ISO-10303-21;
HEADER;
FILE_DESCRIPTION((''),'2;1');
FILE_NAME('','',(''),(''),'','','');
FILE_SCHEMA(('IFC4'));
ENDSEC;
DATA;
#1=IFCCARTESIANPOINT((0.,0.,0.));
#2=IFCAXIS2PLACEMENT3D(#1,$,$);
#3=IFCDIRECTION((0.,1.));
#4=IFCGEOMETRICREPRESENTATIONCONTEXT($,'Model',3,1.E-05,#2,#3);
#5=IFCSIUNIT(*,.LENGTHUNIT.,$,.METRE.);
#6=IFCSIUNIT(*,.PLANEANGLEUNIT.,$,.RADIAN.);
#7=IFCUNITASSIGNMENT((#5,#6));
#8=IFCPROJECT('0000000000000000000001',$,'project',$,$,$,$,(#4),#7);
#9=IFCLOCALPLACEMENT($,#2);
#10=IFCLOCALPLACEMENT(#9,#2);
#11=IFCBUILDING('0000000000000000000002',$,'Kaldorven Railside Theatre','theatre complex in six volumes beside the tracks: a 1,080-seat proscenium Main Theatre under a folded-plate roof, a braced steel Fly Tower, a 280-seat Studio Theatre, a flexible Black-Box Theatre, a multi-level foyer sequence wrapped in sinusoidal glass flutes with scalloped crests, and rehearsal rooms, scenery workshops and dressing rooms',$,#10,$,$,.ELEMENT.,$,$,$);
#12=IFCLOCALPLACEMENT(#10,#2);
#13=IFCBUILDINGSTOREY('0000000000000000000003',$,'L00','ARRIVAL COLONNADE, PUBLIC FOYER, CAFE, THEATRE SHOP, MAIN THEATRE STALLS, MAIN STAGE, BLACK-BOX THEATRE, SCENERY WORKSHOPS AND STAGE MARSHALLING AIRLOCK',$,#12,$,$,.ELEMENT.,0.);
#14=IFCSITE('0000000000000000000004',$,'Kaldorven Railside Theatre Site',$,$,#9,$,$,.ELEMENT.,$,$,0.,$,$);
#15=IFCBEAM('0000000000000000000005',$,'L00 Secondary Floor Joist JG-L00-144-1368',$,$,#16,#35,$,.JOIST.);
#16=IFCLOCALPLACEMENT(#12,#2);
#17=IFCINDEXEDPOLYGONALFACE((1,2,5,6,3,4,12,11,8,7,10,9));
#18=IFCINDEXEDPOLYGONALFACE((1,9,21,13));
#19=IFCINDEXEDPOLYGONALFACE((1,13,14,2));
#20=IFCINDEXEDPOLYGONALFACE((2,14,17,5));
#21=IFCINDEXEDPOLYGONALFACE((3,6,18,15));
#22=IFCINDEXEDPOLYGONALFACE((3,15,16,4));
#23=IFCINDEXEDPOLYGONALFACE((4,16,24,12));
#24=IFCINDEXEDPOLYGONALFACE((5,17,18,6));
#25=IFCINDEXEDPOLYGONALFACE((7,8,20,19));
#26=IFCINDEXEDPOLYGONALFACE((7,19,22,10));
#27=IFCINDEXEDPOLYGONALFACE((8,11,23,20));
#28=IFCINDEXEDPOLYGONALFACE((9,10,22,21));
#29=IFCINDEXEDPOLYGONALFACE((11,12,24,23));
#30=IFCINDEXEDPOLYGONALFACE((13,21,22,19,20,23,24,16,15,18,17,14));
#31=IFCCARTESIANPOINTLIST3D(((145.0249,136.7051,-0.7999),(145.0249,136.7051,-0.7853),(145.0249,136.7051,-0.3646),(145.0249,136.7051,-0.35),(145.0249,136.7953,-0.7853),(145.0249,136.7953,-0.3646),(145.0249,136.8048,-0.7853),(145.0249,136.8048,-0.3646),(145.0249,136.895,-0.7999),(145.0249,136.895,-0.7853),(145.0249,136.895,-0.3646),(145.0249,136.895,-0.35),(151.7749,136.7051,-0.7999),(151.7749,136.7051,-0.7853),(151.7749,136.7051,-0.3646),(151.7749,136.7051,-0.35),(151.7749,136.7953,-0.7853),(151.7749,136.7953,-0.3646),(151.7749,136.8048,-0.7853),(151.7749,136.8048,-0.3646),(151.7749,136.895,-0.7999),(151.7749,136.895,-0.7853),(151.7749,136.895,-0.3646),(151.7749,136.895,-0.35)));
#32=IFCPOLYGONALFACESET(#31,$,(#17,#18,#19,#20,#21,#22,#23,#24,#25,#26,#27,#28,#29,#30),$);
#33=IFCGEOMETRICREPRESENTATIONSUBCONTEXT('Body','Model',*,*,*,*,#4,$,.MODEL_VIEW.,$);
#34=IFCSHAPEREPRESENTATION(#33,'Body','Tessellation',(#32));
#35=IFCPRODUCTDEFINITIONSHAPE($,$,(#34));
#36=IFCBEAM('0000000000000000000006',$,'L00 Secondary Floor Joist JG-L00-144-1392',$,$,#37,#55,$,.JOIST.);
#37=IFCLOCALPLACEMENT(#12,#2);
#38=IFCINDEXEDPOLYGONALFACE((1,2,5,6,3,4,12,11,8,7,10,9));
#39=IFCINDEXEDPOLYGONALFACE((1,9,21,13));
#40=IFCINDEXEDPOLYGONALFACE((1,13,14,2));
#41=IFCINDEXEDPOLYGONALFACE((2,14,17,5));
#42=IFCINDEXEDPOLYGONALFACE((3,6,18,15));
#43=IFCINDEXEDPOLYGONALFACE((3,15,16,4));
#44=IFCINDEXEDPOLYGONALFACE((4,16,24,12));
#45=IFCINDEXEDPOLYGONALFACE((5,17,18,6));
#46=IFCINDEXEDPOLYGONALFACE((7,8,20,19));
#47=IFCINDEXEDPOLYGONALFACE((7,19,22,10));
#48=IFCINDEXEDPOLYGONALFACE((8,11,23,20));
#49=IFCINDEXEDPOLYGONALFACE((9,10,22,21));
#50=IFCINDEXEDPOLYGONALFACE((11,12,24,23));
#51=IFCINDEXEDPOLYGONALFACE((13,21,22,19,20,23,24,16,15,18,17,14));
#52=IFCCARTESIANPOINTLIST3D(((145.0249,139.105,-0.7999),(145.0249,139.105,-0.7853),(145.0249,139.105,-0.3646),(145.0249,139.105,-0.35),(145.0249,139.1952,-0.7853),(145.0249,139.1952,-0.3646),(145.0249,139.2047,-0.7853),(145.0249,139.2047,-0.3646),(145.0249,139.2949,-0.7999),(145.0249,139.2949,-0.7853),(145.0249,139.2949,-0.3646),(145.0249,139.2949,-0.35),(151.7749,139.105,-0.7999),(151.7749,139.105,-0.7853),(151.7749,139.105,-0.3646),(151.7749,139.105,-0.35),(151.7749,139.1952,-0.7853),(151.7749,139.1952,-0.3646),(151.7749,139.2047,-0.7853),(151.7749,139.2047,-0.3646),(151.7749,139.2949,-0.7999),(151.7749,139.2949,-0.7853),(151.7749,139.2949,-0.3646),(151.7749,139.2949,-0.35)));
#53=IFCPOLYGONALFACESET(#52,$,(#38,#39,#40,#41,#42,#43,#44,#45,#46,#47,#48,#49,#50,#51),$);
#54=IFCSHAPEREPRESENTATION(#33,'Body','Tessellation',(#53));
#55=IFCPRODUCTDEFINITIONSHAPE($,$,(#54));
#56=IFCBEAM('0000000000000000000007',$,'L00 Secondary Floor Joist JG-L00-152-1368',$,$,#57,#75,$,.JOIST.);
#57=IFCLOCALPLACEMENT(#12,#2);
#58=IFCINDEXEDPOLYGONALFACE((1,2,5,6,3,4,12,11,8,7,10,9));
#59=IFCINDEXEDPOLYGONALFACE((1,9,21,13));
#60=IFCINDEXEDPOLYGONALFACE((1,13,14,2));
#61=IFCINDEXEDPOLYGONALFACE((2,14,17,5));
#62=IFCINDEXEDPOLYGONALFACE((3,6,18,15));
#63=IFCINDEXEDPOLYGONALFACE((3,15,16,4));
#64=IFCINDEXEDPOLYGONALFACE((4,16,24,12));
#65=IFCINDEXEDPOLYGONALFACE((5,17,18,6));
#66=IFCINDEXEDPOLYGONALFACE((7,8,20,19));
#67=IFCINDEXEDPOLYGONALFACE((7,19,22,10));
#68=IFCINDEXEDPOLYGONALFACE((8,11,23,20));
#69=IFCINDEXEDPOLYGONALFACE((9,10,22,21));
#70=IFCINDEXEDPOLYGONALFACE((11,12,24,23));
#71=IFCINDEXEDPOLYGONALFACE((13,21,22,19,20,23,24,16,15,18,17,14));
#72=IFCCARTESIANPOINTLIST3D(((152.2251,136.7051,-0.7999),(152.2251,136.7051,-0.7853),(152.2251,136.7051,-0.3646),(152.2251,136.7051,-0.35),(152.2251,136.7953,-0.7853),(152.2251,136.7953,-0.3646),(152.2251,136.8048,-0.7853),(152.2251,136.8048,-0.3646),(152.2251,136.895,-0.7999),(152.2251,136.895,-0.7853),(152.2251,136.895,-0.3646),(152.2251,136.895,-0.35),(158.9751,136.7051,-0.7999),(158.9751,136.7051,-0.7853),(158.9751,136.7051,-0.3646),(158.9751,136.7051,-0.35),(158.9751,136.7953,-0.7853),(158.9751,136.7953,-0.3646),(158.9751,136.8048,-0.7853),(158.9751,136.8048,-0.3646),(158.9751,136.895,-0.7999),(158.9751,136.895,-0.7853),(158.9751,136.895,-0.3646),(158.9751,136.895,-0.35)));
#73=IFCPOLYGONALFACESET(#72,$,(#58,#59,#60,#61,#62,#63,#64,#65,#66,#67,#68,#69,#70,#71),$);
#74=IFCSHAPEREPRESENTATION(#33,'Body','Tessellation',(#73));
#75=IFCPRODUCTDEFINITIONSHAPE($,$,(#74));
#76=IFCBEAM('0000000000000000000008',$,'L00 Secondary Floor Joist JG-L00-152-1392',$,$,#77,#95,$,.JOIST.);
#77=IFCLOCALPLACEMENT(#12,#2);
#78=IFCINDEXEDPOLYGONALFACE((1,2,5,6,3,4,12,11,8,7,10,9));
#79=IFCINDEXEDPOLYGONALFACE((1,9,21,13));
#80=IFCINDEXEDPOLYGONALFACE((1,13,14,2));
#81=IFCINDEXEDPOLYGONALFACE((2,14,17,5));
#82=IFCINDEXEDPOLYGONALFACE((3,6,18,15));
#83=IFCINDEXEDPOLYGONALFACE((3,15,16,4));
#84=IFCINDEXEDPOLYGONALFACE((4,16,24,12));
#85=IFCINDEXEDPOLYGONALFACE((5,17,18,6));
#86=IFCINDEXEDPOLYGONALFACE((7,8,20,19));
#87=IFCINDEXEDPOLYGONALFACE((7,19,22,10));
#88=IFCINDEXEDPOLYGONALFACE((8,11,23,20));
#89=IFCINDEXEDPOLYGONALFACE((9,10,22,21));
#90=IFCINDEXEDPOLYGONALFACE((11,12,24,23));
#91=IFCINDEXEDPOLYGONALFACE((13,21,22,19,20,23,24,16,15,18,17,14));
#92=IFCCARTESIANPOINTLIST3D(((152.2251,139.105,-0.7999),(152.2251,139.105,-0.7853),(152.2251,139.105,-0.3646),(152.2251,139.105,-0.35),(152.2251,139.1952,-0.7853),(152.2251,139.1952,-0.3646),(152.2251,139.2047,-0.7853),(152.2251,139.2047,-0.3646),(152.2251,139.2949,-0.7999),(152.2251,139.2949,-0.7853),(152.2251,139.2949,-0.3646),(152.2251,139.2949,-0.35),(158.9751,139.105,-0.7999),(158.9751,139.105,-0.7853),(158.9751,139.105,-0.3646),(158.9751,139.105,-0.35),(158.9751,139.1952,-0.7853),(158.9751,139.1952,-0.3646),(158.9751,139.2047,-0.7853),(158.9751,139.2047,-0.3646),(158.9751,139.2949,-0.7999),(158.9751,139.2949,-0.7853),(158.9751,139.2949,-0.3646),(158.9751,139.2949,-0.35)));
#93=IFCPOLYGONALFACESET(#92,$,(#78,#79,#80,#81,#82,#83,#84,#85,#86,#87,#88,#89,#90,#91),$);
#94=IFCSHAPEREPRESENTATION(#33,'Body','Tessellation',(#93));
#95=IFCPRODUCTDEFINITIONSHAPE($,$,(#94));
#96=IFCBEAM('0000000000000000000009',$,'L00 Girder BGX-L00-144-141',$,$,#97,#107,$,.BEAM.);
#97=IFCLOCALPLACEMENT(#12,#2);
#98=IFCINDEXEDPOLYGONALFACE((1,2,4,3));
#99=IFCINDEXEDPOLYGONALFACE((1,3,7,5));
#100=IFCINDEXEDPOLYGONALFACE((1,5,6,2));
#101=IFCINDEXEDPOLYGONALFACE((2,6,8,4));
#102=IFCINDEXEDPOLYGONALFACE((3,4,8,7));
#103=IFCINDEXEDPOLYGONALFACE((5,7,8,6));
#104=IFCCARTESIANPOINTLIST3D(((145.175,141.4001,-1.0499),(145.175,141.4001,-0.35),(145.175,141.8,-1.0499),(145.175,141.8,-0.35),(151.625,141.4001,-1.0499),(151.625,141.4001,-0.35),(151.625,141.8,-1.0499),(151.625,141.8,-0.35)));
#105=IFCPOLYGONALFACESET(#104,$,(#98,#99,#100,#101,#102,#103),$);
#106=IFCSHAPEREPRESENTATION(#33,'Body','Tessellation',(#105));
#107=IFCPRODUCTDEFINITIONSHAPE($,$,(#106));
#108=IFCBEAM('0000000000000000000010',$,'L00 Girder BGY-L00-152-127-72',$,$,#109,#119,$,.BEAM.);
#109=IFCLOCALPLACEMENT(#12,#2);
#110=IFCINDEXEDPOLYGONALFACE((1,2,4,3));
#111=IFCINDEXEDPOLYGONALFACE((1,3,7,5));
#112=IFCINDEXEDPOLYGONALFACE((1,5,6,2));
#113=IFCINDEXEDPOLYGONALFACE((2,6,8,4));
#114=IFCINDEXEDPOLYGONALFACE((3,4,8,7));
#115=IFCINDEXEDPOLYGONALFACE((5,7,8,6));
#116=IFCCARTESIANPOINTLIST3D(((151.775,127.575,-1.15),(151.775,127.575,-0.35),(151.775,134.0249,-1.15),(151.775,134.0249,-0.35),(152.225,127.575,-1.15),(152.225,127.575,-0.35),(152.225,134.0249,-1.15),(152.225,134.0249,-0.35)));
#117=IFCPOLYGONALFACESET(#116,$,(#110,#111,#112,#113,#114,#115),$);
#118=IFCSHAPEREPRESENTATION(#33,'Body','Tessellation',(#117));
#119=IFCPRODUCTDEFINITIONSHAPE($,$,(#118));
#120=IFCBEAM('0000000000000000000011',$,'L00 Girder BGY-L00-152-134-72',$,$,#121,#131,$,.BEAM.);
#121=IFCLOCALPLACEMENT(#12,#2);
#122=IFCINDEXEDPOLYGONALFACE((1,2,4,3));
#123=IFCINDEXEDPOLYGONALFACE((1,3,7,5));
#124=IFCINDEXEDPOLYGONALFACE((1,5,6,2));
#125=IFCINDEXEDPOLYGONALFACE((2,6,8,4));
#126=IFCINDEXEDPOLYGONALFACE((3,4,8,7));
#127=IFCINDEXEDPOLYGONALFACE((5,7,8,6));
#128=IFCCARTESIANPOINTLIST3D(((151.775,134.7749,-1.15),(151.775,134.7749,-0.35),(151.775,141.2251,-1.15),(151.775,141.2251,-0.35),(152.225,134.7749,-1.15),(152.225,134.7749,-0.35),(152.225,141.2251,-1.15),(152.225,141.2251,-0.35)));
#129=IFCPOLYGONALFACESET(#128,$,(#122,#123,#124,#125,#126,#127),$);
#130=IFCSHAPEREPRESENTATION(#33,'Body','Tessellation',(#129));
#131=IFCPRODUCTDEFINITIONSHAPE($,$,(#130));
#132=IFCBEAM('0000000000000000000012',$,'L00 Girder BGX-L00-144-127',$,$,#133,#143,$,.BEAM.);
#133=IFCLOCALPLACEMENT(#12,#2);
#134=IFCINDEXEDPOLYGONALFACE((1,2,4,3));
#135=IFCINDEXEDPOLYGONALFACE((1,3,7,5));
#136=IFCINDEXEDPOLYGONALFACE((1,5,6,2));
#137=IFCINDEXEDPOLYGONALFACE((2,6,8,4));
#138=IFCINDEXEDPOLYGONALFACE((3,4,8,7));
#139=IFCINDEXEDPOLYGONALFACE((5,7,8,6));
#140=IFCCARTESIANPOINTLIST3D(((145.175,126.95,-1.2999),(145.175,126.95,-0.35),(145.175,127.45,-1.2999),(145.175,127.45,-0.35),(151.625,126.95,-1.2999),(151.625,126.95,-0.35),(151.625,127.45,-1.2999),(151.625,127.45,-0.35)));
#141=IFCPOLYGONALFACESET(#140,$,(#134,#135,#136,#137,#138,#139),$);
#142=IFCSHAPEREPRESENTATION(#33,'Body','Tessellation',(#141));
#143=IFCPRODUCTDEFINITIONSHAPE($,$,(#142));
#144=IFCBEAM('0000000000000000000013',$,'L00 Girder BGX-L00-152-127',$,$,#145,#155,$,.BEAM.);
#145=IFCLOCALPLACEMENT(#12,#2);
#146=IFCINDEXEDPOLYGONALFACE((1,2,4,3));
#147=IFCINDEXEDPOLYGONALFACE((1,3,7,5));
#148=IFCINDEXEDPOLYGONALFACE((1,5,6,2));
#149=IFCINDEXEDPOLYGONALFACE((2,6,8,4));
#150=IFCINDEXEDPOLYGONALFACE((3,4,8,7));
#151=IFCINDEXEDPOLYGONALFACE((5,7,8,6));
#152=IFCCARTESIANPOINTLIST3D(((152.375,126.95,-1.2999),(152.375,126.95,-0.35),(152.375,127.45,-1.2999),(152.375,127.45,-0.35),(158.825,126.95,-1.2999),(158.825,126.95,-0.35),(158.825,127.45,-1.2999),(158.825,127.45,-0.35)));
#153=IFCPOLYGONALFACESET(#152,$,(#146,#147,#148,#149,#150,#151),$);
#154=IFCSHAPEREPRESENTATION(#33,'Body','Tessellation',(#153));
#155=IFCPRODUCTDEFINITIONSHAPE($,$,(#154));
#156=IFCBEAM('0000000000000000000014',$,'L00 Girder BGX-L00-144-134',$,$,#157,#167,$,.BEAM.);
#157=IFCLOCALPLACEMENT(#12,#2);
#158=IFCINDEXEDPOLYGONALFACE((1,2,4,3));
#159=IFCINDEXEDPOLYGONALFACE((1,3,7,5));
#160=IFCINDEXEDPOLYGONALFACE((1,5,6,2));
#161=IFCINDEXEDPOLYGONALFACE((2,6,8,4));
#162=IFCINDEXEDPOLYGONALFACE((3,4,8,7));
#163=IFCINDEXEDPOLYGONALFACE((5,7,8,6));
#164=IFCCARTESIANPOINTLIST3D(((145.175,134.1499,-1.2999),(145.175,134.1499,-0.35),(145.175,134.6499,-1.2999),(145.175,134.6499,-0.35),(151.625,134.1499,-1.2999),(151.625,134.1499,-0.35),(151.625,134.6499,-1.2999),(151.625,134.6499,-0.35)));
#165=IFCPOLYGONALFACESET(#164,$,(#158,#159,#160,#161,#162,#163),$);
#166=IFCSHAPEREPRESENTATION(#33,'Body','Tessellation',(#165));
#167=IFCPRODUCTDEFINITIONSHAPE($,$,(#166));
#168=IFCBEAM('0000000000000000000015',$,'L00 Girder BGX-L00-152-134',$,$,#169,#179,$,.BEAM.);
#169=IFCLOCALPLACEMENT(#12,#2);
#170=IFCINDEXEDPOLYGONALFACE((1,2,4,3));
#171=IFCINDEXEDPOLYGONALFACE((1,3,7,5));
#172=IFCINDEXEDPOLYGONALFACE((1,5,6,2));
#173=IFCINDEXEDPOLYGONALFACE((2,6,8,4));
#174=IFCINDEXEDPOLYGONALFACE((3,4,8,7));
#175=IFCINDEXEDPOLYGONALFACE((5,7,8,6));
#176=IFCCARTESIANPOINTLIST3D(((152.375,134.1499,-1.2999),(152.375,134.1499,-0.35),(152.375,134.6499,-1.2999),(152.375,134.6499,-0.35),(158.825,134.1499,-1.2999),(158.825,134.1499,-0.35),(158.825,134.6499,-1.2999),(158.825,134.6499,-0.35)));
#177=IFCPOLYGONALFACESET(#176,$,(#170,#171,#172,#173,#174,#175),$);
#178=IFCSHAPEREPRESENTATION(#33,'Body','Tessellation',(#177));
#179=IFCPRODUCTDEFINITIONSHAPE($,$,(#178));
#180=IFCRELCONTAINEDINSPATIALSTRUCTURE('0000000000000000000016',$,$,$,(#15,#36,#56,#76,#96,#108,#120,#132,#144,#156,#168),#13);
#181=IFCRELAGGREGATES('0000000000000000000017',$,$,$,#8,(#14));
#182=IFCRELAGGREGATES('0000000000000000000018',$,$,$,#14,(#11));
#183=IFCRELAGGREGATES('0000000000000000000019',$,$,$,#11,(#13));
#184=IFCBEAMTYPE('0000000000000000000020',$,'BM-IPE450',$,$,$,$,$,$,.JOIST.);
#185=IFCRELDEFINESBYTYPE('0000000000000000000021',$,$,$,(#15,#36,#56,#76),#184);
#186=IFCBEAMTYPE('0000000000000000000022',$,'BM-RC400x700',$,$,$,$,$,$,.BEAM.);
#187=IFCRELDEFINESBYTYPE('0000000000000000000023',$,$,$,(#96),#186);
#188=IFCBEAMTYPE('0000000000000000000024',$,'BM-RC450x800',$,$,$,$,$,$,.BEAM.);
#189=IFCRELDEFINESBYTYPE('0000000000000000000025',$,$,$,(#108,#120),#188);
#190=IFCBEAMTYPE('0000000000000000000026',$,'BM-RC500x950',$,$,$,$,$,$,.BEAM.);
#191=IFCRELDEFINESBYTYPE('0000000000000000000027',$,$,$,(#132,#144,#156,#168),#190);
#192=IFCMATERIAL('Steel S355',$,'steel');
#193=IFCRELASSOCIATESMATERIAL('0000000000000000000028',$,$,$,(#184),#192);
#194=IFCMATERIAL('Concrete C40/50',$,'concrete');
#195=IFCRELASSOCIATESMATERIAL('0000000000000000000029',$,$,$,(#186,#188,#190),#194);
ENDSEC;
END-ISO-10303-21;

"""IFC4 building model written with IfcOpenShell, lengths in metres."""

from ifc_helpers import new_model, si_unit, direction, frame, origin, origin_2d, place, context, subcontext, project, spatial, rectangle, i_section, extrude, material, material_profile, profile_set, type_object, element, save


model = new_model("IFC4")

# Units and contexts
model_context = context("Model", 3, precision=1e-05, world=origin(), true_north=direction((0.0, 1.0)))
body_context = subcontext(model_context, "Body", "Model", "MODEL_VIEW")
ifc_project = project(units=[si_unit("LENGTHUNIT", "METRE"), si_unit("PLANEANGLEUNIT", "RADIAN")], contexts=[model_context])

# Site, building, storey
site_placement = place(None, origin())
site = spatial("IfcSite", under=ifc_project, at=site_placement, Name="Kaldorven Railside Theatre Site", CompositionType="ELEMENT", RefElevation=0.0)
building_placement = place(site_placement, origin())
building = spatial("IfcBuilding", under=site, at=building_placement, Name="Kaldorven Railside Theatre", Description="theatre complex in six volumes beside the tracks: a 1,080-seat proscenium Main Theatre under a folded-plate roof, a braced steel Fly Tower, a 280-seat Studio Theatre, a flexible Black-Box Theatre, a multi-level foyer sequence wrapped in sinusoidal glass flutes with scalloped crests, and rehearsal rooms, scenery workshops and dressing rooms", CompositionType="ELEMENT")
storey_placement = place(building_placement, origin())
storey = spatial("IfcBuildingStorey", under=building, at=storey_placement, Name="L00", Description="ARRIVAL COLONNADE, PUBLIC FOYER, CAFE, THEATRE SHOP, MAIN THEATRE STALLS, MAIN STAGE, BLACK-BOX THEATRE, SCENERY WORKSHOPS AND STAGE MARSHALLING AIRLOCK", CompositionType="ELEMENT", Elevation=0.0)

# Shared definitions
ifc_material_1 = material(Name="Concrete C40/50", Category="concrete")

# Beams
ifc_material_2 = material(Name="Steel S355", Category="steel")
ifc_material_profile_1 = material_profile(ifc_material_2, i_section(OverallWidth=0.1899, OverallDepth=0.45, WebThickness=0.0095, FlangeThickness=0.0146, at=origin_2d()), Name="IPE 450")
ifc_profile_set_1 = profile_set([ifc_material_profile_1], Name="Steel S355")
beam_type_1 = type_object("IfcBeamType", Name="BM-IPE450", PredefinedType="JOIST", material=ifc_profile_set_1)
for number, where, z_axis, x_axis, name in (
    (1, (145.0249, 136.8, -0.575), (1.0, 0.0, 0.0), (0.0, 1.0, 0.0), "L00 Secondary Floor Joist JG-L00-144-1368"),
    (2, (145.0249, 139.2, -0.575), (1.0, 0.0, 0.0), (0.0, 1.0, 0.0), "L00 Secondary Floor Joist JG-L00-144-1392"),
    (3, (152.2251, 136.8, -0.575), (1.0, 0.0, 0.0), (0.0, 1.0, 0.0), "L00 Secondary Floor Joist JG-L00-152-1368"),
    (4, (152.2251, 139.2, -0.575), (1.0, 0.0, 0.0), (0.0, 1.0, 0.0), "L00 Secondary Floor Joist JG-L00-152-1392"),
):
    element("IfcBeam", number, at=place(storey_placement, frame(where, z_axis=z_axis, x_axis=x_axis)), inside=storey, type_object=beam_type_1, Name=name, PredefinedType="JOIST", context=body_context, shape_type="SweptSolid", body=[
        extrude(i_section(OverallWidth=0.1899, OverallDepth=0.45, WebThickness=0.0095, FlangeThickness=0.0146, at=origin_2d()), origin(), (0.0, 0.0, 1.0), 6.75),
    ])
ifc_material_profile_2 = material_profile(ifc_material_1, rectangle(XDim=0.3999, YDim=0.7, at=origin_2d()), Name="RC 400x700")
ifc_profile_set_2 = profile_set([ifc_material_profile_2], Name="Concrete C40/50")
beam_type_2 = type_object("IfcBeamType", Name="BM-RC400x700", PredefinedType="BEAM", material=ifc_profile_set_2)
beam_1_placement = place(storey_placement, frame((145.175, 141.6001, -0.7), z_axis=(1.0, 0.0, 0.0), x_axis=(0.0, 1.0, 0.0)))
element("IfcBeam", 5, at=beam_1_placement, inside=storey, type_object=beam_type_2, Name="L00 Girder BGX-L00-144-141", PredefinedType="BEAM", context=body_context, shape_type="SweptSolid", body=[
    extrude(rectangle(XDim=0.3999, YDim=0.7, at=origin_2d()), origin(), (0.0, 0.0, 1.0), 6.45),
])
ifc_material_profile_3 = material_profile(ifc_material_1, rectangle(XDim=0.45, YDim=0.8, at=origin_2d()), Name="RC 450x800")
ifc_profile_set_3 = profile_set([ifc_material_profile_3], Name="Concrete C40/50")
beam_type_3 = type_object("IfcBeamType", Name="BM-RC450x800", PredefinedType="BEAM", material=ifc_profile_set_3)
beam_2_placement = place(storey_placement, frame((152.0, 127.575, -0.75), z_axis=(0.0, 1.0, 0.0), x_axis=(-1.0, 0.0, 0.0)))
element("IfcBeam", 6, at=beam_2_placement, inside=storey, type_object=beam_type_3, Name="L00 Girder BGY-L00-152-127-72", PredefinedType="BEAM", context=body_context, shape_type="SweptSolid", body=[
    extrude(rectangle(XDim=0.45, YDim=0.8, at=origin_2d()), origin(), (0.0, 0.0, 1.0), 6.45),
])
beam_3_placement = place(storey_placement, frame((152.0, 134.7749, -0.75), z_axis=(0.0, 1.0, 0.0), x_axis=(-1.0, 0.0, 0.0)))
element("IfcBeam", 7, at=beam_3_placement, inside=storey, type_object=beam_type_3, Name="L00 Girder BGY-L00-152-134-72", PredefinedType="BEAM", context=body_context, shape_type="SweptSolid", body=[
    extrude(rectangle(XDim=0.45, YDim=0.8, at=origin_2d()), origin(), (0.0, 0.0, 1.0), 6.4502),
])
ifc_material_profile_4 = material_profile(ifc_material_1, rectangle(XDim=0.5, YDim=0.95, at=origin_2d()), Name="RC 500x950")
ifc_profile_set_4 = profile_set([ifc_material_profile_4], Name="Concrete C40/50")
beam_type_4 = type_object("IfcBeamType", Name="BM-RC500x950", PredefinedType="BEAM", material=ifc_profile_set_4)
for number, where, z_axis, x_axis, name in (
    (8, (145.175, 127.2, -0.825), (1.0, 0.0, 0.0), (0.0, 1.0, 0.0), "L00 Girder BGX-L00-144-127"),
    (9, (152.375, 127.2, -0.825), (1.0, 0.0, 0.0), (0.0, 1.0, 0.0), "L00 Girder BGX-L00-152-127"),
    (10, (145.175, 134.3999, -0.825), (1.0, 0.0, 0.0), (0.0, 1.0, 0.0), "L00 Girder BGX-L00-144-134"),
    (11, (152.375, 134.3999, -0.825), (1.0, 0.0, 0.0), (0.0, 1.0, 0.0), "L00 Girder BGX-L00-152-134"),
):
    element("IfcBeam", number, at=place(storey_placement, frame(where, z_axis=z_axis, x_axis=x_axis)), inside=storey, type_object=beam_type_4, Name=name, PredefinedType="BEAM", context=body_context, shape_type="SweptSolid", body=[
        extrude(rectangle(XDim=0.5, YDim=0.95, at=origin_2d()), origin(), (0.0, 0.0, 1.0), 6.45),
    ])

save(model, "model.ifc")
